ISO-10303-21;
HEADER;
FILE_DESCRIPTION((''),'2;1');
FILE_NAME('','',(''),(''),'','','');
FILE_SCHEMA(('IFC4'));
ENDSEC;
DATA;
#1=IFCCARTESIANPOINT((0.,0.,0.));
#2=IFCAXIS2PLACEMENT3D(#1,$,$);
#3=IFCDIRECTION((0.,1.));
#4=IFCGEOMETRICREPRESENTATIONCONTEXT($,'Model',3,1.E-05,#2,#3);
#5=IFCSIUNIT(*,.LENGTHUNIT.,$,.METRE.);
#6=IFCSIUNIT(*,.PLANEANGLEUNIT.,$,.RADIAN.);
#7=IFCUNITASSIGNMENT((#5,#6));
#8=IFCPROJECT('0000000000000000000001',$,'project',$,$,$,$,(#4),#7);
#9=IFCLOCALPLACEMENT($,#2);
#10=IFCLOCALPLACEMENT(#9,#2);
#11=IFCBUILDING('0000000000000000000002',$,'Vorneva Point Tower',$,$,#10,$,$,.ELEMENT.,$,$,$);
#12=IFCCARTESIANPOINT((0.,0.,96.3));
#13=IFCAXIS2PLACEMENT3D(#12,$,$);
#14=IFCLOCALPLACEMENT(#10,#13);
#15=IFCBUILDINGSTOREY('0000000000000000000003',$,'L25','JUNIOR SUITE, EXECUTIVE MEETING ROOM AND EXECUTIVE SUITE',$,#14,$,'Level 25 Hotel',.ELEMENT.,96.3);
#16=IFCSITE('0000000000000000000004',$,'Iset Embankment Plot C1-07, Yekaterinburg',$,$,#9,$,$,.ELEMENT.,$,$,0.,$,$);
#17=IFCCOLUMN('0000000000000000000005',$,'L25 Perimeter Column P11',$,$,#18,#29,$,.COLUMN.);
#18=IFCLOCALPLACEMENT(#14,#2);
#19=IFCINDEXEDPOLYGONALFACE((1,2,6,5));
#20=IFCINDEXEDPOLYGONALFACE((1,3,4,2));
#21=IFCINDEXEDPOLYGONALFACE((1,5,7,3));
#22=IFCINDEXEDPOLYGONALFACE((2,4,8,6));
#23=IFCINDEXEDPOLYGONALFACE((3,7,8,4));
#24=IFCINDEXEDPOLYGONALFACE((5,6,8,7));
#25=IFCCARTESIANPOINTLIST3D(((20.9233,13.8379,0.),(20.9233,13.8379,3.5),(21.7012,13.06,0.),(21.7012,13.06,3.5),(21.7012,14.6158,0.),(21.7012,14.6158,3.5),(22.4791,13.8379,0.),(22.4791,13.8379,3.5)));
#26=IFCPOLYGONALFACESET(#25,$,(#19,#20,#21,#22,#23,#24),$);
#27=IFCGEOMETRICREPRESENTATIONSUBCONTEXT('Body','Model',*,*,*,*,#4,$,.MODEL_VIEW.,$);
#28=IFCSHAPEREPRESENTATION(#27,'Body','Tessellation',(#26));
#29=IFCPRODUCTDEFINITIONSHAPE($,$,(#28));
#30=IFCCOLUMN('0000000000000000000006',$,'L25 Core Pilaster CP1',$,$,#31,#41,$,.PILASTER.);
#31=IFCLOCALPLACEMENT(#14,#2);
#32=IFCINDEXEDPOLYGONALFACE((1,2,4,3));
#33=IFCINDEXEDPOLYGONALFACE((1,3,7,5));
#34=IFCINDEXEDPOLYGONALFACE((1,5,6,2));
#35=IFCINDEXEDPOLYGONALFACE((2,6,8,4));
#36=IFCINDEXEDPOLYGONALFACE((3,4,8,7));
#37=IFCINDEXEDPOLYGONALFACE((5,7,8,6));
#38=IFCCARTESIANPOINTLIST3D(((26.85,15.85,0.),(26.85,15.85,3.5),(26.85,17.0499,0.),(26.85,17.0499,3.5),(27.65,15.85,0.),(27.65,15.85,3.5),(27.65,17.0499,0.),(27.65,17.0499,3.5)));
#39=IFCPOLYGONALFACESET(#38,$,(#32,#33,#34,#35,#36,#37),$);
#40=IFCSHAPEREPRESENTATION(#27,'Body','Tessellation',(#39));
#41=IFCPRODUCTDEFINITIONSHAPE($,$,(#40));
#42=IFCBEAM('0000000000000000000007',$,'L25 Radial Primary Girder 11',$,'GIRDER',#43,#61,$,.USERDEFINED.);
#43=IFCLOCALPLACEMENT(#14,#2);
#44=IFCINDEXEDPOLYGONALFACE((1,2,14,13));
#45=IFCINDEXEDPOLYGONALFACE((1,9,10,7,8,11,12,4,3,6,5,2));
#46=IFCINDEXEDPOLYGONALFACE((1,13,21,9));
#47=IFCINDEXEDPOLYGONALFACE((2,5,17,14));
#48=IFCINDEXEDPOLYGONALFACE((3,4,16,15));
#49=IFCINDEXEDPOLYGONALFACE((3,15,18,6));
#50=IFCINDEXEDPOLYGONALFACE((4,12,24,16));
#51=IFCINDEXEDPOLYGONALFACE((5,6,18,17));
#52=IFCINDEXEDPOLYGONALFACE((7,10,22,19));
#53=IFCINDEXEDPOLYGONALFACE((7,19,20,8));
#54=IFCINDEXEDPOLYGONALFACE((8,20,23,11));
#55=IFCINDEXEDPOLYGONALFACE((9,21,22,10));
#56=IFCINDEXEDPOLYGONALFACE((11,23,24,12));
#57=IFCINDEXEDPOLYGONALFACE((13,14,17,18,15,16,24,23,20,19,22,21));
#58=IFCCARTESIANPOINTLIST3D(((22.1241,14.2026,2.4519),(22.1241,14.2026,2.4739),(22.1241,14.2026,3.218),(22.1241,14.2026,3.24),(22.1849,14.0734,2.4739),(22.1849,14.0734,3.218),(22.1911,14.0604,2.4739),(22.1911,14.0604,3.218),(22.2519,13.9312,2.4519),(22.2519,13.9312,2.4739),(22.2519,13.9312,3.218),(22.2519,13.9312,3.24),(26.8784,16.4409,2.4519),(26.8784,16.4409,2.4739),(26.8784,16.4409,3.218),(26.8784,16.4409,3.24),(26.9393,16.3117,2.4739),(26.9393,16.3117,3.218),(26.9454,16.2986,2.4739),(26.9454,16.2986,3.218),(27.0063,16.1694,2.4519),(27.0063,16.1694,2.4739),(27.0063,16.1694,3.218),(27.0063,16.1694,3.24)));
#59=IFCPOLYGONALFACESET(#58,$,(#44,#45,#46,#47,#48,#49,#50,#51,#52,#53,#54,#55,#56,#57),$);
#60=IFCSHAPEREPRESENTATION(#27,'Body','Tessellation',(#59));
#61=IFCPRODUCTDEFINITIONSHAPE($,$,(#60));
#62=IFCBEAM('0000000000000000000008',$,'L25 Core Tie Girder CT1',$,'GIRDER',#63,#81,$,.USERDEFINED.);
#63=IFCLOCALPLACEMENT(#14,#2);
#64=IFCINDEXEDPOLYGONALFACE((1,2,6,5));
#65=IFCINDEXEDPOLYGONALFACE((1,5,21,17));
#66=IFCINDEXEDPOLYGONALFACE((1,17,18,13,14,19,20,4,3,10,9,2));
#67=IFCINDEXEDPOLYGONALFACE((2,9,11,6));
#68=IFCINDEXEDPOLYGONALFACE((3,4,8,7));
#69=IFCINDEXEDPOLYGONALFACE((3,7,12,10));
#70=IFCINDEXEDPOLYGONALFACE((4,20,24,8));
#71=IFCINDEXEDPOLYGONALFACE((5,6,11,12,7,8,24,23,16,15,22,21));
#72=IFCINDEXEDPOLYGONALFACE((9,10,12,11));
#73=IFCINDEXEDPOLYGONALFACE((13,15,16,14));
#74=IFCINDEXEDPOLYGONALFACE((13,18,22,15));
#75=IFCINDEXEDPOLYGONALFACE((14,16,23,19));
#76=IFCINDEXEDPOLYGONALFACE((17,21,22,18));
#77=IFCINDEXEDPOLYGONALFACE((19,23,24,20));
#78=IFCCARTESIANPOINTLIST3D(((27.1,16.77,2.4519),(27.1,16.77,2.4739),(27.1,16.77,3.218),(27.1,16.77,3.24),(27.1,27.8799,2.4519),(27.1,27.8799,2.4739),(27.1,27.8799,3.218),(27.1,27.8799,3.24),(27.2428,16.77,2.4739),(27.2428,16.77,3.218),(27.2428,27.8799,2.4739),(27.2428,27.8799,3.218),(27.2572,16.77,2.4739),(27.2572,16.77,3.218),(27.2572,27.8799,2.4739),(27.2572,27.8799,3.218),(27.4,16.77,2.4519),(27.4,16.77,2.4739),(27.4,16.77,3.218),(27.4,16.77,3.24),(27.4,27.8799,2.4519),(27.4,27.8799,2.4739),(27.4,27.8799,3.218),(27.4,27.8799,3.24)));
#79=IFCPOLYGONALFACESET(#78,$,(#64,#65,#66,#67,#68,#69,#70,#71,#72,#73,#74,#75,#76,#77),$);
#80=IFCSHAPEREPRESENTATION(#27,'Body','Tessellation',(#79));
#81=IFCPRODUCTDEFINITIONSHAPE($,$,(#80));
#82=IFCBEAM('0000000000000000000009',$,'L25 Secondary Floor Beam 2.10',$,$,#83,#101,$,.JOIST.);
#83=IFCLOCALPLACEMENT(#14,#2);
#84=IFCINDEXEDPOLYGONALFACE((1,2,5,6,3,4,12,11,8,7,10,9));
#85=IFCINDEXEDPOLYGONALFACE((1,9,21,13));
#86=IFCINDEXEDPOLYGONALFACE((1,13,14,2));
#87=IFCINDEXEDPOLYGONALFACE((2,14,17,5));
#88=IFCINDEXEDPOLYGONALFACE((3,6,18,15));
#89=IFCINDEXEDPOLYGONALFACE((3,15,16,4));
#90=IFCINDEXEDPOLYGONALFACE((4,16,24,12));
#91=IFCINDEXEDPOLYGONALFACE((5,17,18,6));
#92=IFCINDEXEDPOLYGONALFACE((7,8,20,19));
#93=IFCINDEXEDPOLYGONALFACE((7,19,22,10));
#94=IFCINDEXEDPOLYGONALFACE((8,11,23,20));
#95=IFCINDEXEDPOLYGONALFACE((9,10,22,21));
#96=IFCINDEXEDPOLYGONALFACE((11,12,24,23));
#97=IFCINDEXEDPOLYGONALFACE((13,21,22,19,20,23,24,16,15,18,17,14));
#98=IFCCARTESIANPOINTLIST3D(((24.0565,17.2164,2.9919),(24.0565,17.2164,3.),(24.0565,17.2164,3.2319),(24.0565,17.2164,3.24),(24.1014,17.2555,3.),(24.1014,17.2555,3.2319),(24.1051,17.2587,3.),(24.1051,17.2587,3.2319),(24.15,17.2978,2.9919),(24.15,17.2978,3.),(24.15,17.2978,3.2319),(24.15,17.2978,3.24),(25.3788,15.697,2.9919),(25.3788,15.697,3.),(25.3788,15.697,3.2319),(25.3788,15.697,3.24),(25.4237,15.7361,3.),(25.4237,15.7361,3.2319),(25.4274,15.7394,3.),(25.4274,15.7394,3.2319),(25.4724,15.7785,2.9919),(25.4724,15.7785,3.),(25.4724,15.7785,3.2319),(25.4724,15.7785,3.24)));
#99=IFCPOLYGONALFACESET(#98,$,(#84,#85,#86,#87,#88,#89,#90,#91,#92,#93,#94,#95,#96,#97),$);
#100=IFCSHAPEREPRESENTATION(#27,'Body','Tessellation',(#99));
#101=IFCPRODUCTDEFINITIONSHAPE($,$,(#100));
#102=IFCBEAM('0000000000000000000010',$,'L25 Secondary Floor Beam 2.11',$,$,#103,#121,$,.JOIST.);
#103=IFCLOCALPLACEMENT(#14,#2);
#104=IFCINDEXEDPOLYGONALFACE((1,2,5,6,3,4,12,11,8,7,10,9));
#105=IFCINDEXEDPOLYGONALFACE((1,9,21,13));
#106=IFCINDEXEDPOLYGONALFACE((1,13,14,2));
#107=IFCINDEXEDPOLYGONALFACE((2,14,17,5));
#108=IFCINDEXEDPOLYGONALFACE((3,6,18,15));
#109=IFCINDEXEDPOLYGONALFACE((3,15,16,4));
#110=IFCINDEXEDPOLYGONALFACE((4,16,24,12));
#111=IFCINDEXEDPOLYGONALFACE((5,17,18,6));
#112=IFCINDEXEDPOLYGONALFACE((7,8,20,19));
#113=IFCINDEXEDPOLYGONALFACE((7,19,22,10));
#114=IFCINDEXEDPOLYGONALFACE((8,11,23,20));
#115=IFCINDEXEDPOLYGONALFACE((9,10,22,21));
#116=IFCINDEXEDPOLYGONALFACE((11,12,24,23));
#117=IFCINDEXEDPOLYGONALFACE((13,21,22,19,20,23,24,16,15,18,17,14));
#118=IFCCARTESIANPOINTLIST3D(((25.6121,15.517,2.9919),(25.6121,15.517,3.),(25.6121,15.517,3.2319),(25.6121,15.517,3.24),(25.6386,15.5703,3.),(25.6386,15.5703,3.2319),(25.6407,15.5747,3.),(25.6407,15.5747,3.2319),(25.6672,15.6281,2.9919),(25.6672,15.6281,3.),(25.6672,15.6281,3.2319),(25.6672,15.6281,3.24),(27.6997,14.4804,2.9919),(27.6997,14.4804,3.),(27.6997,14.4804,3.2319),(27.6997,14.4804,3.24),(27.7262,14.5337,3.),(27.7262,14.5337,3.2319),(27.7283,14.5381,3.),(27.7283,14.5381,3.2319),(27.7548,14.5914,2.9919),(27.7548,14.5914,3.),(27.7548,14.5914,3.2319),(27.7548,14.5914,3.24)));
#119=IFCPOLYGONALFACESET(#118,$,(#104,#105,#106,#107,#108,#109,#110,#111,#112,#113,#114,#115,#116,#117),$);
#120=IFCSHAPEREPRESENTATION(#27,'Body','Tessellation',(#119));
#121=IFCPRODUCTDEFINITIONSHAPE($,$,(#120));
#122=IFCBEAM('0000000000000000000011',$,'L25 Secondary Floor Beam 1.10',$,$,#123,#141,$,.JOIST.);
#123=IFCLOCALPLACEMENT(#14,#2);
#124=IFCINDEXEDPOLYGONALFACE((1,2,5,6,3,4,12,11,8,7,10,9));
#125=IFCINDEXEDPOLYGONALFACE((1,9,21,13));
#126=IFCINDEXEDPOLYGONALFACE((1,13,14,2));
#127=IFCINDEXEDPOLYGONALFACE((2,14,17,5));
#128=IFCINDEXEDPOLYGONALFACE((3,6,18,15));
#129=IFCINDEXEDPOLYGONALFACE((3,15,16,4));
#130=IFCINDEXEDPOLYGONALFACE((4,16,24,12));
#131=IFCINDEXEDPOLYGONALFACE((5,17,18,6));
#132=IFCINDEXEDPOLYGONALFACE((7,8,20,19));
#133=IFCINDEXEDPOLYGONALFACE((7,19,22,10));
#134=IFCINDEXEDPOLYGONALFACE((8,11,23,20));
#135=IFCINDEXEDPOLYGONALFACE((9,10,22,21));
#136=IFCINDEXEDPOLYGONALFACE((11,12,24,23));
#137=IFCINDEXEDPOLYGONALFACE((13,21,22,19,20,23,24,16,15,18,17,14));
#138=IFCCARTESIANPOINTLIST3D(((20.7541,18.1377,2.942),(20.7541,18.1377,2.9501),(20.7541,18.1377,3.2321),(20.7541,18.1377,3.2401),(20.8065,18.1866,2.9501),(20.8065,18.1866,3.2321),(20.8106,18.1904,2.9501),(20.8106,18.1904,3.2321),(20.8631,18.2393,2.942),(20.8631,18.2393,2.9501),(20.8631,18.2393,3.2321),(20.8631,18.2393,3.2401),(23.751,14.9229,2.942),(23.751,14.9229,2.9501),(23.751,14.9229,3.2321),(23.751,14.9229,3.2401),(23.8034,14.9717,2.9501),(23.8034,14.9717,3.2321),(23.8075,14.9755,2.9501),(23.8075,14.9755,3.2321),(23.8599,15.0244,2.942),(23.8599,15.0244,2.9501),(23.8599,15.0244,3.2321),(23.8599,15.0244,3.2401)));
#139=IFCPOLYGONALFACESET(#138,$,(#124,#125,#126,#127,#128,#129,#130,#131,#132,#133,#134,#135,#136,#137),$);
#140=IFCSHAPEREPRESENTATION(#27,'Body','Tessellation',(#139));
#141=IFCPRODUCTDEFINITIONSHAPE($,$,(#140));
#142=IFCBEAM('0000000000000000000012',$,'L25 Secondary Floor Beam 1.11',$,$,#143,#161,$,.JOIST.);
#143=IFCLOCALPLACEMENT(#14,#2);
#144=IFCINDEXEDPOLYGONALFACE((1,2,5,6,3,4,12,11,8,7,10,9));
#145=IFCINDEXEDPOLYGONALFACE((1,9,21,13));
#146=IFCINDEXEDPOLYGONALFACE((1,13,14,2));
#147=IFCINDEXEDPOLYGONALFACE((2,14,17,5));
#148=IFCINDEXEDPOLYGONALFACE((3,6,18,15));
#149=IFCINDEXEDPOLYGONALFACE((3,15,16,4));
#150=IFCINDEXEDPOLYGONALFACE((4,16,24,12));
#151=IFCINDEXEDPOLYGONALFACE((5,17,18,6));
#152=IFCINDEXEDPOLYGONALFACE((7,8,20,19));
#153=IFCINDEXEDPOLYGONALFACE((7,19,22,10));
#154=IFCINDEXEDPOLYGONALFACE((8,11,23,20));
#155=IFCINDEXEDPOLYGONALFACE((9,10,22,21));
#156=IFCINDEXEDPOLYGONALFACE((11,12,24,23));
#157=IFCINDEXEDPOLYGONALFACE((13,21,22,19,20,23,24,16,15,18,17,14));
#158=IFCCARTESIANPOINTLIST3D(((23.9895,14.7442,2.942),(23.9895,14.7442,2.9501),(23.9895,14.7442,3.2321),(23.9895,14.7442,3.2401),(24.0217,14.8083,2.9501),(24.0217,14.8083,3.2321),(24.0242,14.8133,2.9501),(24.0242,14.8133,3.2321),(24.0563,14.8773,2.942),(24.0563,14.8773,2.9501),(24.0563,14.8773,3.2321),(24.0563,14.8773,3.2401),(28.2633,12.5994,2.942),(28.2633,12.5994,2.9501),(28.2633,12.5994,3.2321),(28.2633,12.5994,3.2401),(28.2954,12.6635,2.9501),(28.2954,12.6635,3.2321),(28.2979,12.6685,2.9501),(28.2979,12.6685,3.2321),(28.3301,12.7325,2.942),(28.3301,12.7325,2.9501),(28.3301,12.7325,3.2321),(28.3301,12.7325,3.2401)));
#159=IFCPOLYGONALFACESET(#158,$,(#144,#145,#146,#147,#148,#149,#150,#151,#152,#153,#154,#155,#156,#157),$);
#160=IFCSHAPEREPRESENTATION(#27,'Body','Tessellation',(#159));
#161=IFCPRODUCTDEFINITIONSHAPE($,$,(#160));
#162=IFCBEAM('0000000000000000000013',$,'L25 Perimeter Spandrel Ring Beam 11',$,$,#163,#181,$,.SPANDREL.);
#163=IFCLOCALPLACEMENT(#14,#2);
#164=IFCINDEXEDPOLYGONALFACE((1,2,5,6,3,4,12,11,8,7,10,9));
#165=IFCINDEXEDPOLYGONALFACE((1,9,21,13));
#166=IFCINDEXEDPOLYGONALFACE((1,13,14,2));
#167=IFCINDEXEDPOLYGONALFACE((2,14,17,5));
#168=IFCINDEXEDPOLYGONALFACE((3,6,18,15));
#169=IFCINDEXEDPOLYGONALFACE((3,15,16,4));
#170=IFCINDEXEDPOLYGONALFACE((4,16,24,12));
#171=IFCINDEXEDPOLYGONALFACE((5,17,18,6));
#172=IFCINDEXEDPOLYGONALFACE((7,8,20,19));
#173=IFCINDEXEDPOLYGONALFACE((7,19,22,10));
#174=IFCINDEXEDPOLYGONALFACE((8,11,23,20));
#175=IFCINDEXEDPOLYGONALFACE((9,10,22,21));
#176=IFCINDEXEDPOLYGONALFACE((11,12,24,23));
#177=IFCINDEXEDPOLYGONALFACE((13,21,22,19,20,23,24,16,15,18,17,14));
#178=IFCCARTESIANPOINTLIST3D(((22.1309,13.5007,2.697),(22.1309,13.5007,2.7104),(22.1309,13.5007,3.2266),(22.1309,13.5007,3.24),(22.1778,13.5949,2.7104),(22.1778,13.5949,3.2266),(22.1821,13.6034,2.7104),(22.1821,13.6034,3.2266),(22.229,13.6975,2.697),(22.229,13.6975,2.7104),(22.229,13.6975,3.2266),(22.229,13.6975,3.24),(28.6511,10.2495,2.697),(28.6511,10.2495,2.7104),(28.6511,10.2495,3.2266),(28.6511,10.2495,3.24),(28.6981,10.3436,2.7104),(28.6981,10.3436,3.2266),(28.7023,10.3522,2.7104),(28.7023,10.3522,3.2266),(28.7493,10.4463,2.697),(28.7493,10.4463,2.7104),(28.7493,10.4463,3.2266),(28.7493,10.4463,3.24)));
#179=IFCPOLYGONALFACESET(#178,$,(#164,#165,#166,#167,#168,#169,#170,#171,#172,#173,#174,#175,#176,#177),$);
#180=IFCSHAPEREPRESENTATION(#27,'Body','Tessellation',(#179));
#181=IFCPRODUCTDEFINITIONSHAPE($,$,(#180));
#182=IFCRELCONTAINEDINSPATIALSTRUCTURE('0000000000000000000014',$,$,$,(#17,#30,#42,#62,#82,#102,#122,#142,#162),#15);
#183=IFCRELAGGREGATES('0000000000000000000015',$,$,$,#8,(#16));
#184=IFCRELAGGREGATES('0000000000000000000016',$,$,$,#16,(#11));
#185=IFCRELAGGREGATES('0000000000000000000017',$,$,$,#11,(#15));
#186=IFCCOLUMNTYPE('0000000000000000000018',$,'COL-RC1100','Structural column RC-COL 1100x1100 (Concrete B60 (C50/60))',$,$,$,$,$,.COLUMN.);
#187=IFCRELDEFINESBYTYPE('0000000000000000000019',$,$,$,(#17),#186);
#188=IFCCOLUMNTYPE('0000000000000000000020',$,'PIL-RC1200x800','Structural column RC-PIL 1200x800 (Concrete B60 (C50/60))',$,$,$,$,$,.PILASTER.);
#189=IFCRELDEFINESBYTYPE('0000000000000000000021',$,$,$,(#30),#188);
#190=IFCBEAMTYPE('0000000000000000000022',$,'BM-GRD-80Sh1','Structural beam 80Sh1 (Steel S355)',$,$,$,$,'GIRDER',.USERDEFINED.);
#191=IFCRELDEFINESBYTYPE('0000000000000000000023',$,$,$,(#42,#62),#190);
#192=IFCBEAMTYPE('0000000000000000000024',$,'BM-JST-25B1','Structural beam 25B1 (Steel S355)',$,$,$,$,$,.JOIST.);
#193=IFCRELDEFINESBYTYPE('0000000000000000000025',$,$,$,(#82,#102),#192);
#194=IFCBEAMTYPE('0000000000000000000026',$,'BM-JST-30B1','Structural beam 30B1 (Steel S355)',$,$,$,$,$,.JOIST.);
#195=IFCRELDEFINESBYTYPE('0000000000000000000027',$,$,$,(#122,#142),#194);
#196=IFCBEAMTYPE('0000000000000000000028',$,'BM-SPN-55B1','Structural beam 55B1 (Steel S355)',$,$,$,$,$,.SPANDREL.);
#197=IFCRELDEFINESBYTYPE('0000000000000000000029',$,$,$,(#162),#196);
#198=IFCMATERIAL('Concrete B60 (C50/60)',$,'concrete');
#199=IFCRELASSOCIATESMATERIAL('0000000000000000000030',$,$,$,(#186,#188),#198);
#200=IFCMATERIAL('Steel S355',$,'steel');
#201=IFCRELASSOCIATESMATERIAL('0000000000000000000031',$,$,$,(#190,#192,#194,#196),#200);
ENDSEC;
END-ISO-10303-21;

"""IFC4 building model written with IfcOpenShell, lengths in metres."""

from ifc_helpers import new_model, si_unit, direction, frame, origin, origin_2d, place, context, subcontext, project, spatial, rectangle, i_section, extrude, material, material_profile, profile_set, type_object, element, save


model = new_model("IFC4")

# Units and contexts
model_context = context("Model", 3, precision=1e-05, world=origin(), true_north=direction((0.0, 1.0)))
body_context = subcontext(model_context, "Body", "Model", "MODEL_VIEW")
ifc_project = project(units=[si_unit("LENGTHUNIT", "METRE"), si_unit("PLANEANGLEUNIT", "RADIAN")], contexts=[model_context])

# Site, building, storey
site_placement = place(None, origin())
site = spatial("IfcSite", under=ifc_project, at=site_placement, Name="Iset Embankment Plot C1-07, Yekaterinburg", CompositionType="ELEMENT", RefElevation=0.0)
building_placement = place(site_placement, origin())
building = spatial("IfcBuilding", under=site, at=building_placement, Name="Vorneva Point Tower", CompositionType="ELEMENT")
storey_placement = place(building_placement, frame((0.0, 0.0, 96.3)))
storey = spatial("IfcBuildingStorey", under=building, at=storey_placement, Name="L25", Description="JUNIOR SUITE, EXECUTIVE MEETING ROOM AND EXECUTIVE SUITE", LongName="Level 25 Hotel", CompositionType="ELEMENT", Elevation=96.3)

# Columns
ifc_material_1 = material(Name="Concrete B60 (C50/60)", Category="concrete")
ifc_material_profile_1 = material_profile(ifc_material_1, rectangle(XDim=1.1001, YDim=1.1001, at=origin_2d()), Name="RC-COL 1100x1100")
ifc_profile_set_1 = profile_set([ifc_material_profile_1], Name="Concrete B60 (C50/60)")
column_type_1 = type_object("IfcColumnType", Name="COL-RC1100", Description="Structural column RC-COL 1100x1100 (Concrete B60 (C50/60))", PredefinedType="COLUMN", material=ifc_profile_set_1)
column_1_placement = place(storey_placement, frame((21.7012, 13.8379, 0.0), z_axis=(0.0, 0.0, 1.0), x_axis=(-0.707107, -0.707107, 0.0)))
element("IfcColumn", 1, at=column_1_placement, inside=storey, type_object=column_type_1, Name="L25 Perimeter Column P11", PredefinedType="COLUMN", context=body_context, shape_type="SweptSolid", body=[
    extrude(rectangle(XDim=1.1001, YDim=1.1001, at=origin_2d()), origin(), (0.0, 0.0, 1.0), 3.5),
])
ifc_material_profile_2 = material_profile(ifc_material_1, rectangle(XDim=0.8, YDim=1.2, at=origin_2d()), Name="RC-PIL 1200x800")
ifc_profile_set_2 = profile_set([ifc_material_profile_2], Name="Concrete B60 (C50/60)")
column_type_2 = type_object("IfcColumnType", Name="PIL-RC1200x800", Description="Structural column RC-PIL 1200x800 (Concrete B60 (C50/60))", PredefinedType="PILASTER", material=ifc_profile_set_2)
column_2_placement = place(storey_placement, frame((27.25, 16.45, 0.0), z_axis=(0.0, 0.0, 1.0), x_axis=(1.0, 0.0, 0.0)))
element("IfcColumn", 2, at=column_2_placement, inside=storey, type_object=column_type_2, Name="L25 Core Pilaster CP1", PredefinedType="PILASTER", context=body_context, shape_type="SweptSolid", body=[
    extrude(rectangle(XDim=0.8, YDim=1.2, at=origin_2d()), origin(), (0.0, 0.0, 1.0), 3.5),
])

# Beams
ifc_material_2 = material(Name="Steel S355", Category="steel")
ifc_material_profile_3 = material_profile(ifc_material_2, i_section(OverallWidth=0.3, OverallDepth=0.7881, WebThickness=0.0144, FlangeThickness=0.022, at=origin_2d()), Name="80Sh1")
ifc_profile_set_3 = profile_set([ifc_material_profile_3], Name="Steel S355")
beam_type_1 = type_object("IfcBeamType", Name="BM-GRD-80Sh1", Description="Structural beam 80Sh1 (Steel S355)", ElementType="GIRDER", PredefinedType="USERDEFINED", material=ifc_profile_set_3)
beam_1_placement = place(storey_placement, frame((22.188, 14.0669, 2.8459), z_axis=(0.904751, 0.42594, 0.0), x_axis=(-0.42594, 0.904751, 0.0)))
element("IfcBeam", 3, at=beam_1_placement, inside=storey, type_object=beam_type_1, Name="L25 Radial Primary Girder 11", ObjectType="GIRDER", PredefinedType="USERDEFINED", context=body_context, shape_type="SweptSolid", body=[
    extrude(i_section(OverallWidth=0.3, OverallDepth=0.7881, WebThickness=0.0144, FlangeThickness=0.022, at=origin_2d()), origin(), (0.0, 0.0, 1.0), 5.2549),
])
beam_2_placement = place(storey_placement, frame((27.25, 16.77, 2.8459), z_axis=(0.0, 1.0, 0.0), x_axis=(-1.0, 0.0, 0.0)))
element("IfcBeam", 4, at=beam_2_placement, inside=storey, type_object=beam_type_1, Name="L25 Core Tie Girder CT1", ObjectType="GIRDER", PredefinedType="USERDEFINED", context=body_context, shape_type="SweptSolid", body=[
    extrude(i_section(OverallWidth=0.3, OverallDepth=0.7881, WebThickness=0.0144, FlangeThickness=0.022, at=origin_2d()), origin(), (0.0, 0.0, 1.0), 11.1099),
])
ifc_material_profile_4 = material_profile(ifc_material_2, i_section(OverallWidth=0.124, OverallDepth=0.248, WebThickness=0.0049, FlangeThickness=0.0081, at=origin_2d()), Name="25B1")
ifc_profile_set_4 = profile_set([ifc_material_profile_4], Name="Steel S355")
beam_type_2 = type_object("IfcBeamType", Name="BM-JST-25B1", Description="Structural beam 25B1 (Steel S355)", PredefinedType="JOIST", material=ifc_profile_set_4)
beam_3_placement = place(storey_placement, frame((24.1033, 17.2571, 3.116), z_axis=(0.656503, -0.754324, 0.0), x_axis=(0.754324, 0.656503, 0.0)))
element("IfcBeam", 5, at=beam_3_placement, inside=storey, type_object=beam_type_2, Name="L25 Secondary Floor Beam 2.10", PredefinedType="JOIST", context=body_context, shape_type="SweptSolid", body=[
    extrude(i_section(OverallWidth=0.124, OverallDepth=0.248, WebThickness=0.0049, FlangeThickness=0.0081, at=origin_2d()), origin(), (0.0, 0.0, 1.0), 2.0142),
])
beam_4_placement = place(storey_placement, frame((25.6396, 15.5725, 3.116), z_axis=(0.89566, -0.44474, 0.0), x_axis=(0.44474, 0.89566, 0.0)))
element("IfcBeam", 6, at=beam_4_placement, inside=storey, type_object=beam_type_2, Name="L25 Secondary Floor Beam 2.11", PredefinedType="JOIST", context=body_context, shape_type="SweptSolid", body=[
    extrude(i_section(OverallWidth=0.124, OverallDepth=0.248, WebThickness=0.0049, FlangeThickness=0.0081, at=origin_2d()), origin(), (0.0, 0.0, 1.0), 2.3308),
])
ifc_material_profile_5 = material_profile(ifc_material_2, i_section(OverallWidth=0.1489, OverallDepth=0.2981, WebThickness=0.0056, FlangeThickness=0.0081, at=origin_2d()), Name="30B1")
ifc_profile_set_5 = profile_set([ifc_material_profile_5], Name="Steel S355")
beam_type_3 = type_object("IfcBeamType", Name="BM-JST-30B1", Description="Structural beam 30B1 (Steel S355)", PredefinedType="JOIST", material=ifc_profile_set_5)
beam_5_placement = place(storey_placement, frame((20.8086, 18.1885, 3.0911), z_axis=(0.681869, -0.731474, 0.0), x_axis=(0.731474, 0.681869, 0.0)))
element("IfcBeam", 7, at=beam_5_placement, inside=storey, type_object=beam_type_3, Name="L25 Secondary Floor Beam 1.10", PredefinedType="JOIST", context=body_context, shape_type="SweptSolid", body=[
    extrude(i_section(OverallWidth=0.1489, OverallDepth=0.2981, WebThickness=0.0056, FlangeThickness=0.0081, at=origin_2d()), origin(), (0.0, 0.0, 1.0), 4.395),
])
beam_6_placement = place(storey_placement, frame((24.0229, 14.8108, 3.0911), z_axis=(0.893762, -0.448541, 0.0), x_axis=(0.448541, 0.893762, 0.0)))
element("IfcBeam", 8, at=beam_6_placement, inside=storey, type_object=beam_type_3, Name="L25 Secondary Floor Beam 1.11", PredefinedType="JOIST", context=body_context, shape_type="SweptSolid", body=[
    extrude(i_section(OverallWidth=0.1489, OverallDepth=0.2981, WebThickness=0.0056, FlangeThickness=0.0081, at=origin_2d()), origin(), (0.0, 0.0, 1.0), 4.7817),
])
ifc_material_profile_6 = material_profile(ifc_material_2, i_section(OverallWidth=0.22, OverallDepth=0.543, WebThickness=0.0095, FlangeThickness=0.0134, at=origin_2d()), Name="55B1")
ifc_profile_set_6 = profile_set([ifc_material_profile_6], Name="Steel S355")
beam_type_4 = type_object("IfcBeamType", Name="BM-SPN-55B1", Description="Structural beam 55B1 (Steel S355)", PredefinedType="SPANDREL", material=ifc_profile_set_6)
beam_7_placement = place(storey_placement, frame((22.1799, 13.5991, 2.9685), z_axis=(0.894916, -0.446235, 0.0), x_axis=(0.446235, 0.894916, 0.0)))
element("IfcBeam", 9, at=beam_7_placement, inside=storey, type_object=beam_type_4, Name="L25 Perimeter Spandrel Ring Beam 11", PredefinedType="SPANDREL", context=body_context, shape_type="SweptSolid", body=[
    extrude(i_section(OverallWidth=0.22, OverallDepth=0.543, WebThickness=0.0095, FlangeThickness=0.0134, at=origin_2d()), origin(), (0.0, 0.0, 1.0), 7.2859),
])

save(model, "model.ifc")
